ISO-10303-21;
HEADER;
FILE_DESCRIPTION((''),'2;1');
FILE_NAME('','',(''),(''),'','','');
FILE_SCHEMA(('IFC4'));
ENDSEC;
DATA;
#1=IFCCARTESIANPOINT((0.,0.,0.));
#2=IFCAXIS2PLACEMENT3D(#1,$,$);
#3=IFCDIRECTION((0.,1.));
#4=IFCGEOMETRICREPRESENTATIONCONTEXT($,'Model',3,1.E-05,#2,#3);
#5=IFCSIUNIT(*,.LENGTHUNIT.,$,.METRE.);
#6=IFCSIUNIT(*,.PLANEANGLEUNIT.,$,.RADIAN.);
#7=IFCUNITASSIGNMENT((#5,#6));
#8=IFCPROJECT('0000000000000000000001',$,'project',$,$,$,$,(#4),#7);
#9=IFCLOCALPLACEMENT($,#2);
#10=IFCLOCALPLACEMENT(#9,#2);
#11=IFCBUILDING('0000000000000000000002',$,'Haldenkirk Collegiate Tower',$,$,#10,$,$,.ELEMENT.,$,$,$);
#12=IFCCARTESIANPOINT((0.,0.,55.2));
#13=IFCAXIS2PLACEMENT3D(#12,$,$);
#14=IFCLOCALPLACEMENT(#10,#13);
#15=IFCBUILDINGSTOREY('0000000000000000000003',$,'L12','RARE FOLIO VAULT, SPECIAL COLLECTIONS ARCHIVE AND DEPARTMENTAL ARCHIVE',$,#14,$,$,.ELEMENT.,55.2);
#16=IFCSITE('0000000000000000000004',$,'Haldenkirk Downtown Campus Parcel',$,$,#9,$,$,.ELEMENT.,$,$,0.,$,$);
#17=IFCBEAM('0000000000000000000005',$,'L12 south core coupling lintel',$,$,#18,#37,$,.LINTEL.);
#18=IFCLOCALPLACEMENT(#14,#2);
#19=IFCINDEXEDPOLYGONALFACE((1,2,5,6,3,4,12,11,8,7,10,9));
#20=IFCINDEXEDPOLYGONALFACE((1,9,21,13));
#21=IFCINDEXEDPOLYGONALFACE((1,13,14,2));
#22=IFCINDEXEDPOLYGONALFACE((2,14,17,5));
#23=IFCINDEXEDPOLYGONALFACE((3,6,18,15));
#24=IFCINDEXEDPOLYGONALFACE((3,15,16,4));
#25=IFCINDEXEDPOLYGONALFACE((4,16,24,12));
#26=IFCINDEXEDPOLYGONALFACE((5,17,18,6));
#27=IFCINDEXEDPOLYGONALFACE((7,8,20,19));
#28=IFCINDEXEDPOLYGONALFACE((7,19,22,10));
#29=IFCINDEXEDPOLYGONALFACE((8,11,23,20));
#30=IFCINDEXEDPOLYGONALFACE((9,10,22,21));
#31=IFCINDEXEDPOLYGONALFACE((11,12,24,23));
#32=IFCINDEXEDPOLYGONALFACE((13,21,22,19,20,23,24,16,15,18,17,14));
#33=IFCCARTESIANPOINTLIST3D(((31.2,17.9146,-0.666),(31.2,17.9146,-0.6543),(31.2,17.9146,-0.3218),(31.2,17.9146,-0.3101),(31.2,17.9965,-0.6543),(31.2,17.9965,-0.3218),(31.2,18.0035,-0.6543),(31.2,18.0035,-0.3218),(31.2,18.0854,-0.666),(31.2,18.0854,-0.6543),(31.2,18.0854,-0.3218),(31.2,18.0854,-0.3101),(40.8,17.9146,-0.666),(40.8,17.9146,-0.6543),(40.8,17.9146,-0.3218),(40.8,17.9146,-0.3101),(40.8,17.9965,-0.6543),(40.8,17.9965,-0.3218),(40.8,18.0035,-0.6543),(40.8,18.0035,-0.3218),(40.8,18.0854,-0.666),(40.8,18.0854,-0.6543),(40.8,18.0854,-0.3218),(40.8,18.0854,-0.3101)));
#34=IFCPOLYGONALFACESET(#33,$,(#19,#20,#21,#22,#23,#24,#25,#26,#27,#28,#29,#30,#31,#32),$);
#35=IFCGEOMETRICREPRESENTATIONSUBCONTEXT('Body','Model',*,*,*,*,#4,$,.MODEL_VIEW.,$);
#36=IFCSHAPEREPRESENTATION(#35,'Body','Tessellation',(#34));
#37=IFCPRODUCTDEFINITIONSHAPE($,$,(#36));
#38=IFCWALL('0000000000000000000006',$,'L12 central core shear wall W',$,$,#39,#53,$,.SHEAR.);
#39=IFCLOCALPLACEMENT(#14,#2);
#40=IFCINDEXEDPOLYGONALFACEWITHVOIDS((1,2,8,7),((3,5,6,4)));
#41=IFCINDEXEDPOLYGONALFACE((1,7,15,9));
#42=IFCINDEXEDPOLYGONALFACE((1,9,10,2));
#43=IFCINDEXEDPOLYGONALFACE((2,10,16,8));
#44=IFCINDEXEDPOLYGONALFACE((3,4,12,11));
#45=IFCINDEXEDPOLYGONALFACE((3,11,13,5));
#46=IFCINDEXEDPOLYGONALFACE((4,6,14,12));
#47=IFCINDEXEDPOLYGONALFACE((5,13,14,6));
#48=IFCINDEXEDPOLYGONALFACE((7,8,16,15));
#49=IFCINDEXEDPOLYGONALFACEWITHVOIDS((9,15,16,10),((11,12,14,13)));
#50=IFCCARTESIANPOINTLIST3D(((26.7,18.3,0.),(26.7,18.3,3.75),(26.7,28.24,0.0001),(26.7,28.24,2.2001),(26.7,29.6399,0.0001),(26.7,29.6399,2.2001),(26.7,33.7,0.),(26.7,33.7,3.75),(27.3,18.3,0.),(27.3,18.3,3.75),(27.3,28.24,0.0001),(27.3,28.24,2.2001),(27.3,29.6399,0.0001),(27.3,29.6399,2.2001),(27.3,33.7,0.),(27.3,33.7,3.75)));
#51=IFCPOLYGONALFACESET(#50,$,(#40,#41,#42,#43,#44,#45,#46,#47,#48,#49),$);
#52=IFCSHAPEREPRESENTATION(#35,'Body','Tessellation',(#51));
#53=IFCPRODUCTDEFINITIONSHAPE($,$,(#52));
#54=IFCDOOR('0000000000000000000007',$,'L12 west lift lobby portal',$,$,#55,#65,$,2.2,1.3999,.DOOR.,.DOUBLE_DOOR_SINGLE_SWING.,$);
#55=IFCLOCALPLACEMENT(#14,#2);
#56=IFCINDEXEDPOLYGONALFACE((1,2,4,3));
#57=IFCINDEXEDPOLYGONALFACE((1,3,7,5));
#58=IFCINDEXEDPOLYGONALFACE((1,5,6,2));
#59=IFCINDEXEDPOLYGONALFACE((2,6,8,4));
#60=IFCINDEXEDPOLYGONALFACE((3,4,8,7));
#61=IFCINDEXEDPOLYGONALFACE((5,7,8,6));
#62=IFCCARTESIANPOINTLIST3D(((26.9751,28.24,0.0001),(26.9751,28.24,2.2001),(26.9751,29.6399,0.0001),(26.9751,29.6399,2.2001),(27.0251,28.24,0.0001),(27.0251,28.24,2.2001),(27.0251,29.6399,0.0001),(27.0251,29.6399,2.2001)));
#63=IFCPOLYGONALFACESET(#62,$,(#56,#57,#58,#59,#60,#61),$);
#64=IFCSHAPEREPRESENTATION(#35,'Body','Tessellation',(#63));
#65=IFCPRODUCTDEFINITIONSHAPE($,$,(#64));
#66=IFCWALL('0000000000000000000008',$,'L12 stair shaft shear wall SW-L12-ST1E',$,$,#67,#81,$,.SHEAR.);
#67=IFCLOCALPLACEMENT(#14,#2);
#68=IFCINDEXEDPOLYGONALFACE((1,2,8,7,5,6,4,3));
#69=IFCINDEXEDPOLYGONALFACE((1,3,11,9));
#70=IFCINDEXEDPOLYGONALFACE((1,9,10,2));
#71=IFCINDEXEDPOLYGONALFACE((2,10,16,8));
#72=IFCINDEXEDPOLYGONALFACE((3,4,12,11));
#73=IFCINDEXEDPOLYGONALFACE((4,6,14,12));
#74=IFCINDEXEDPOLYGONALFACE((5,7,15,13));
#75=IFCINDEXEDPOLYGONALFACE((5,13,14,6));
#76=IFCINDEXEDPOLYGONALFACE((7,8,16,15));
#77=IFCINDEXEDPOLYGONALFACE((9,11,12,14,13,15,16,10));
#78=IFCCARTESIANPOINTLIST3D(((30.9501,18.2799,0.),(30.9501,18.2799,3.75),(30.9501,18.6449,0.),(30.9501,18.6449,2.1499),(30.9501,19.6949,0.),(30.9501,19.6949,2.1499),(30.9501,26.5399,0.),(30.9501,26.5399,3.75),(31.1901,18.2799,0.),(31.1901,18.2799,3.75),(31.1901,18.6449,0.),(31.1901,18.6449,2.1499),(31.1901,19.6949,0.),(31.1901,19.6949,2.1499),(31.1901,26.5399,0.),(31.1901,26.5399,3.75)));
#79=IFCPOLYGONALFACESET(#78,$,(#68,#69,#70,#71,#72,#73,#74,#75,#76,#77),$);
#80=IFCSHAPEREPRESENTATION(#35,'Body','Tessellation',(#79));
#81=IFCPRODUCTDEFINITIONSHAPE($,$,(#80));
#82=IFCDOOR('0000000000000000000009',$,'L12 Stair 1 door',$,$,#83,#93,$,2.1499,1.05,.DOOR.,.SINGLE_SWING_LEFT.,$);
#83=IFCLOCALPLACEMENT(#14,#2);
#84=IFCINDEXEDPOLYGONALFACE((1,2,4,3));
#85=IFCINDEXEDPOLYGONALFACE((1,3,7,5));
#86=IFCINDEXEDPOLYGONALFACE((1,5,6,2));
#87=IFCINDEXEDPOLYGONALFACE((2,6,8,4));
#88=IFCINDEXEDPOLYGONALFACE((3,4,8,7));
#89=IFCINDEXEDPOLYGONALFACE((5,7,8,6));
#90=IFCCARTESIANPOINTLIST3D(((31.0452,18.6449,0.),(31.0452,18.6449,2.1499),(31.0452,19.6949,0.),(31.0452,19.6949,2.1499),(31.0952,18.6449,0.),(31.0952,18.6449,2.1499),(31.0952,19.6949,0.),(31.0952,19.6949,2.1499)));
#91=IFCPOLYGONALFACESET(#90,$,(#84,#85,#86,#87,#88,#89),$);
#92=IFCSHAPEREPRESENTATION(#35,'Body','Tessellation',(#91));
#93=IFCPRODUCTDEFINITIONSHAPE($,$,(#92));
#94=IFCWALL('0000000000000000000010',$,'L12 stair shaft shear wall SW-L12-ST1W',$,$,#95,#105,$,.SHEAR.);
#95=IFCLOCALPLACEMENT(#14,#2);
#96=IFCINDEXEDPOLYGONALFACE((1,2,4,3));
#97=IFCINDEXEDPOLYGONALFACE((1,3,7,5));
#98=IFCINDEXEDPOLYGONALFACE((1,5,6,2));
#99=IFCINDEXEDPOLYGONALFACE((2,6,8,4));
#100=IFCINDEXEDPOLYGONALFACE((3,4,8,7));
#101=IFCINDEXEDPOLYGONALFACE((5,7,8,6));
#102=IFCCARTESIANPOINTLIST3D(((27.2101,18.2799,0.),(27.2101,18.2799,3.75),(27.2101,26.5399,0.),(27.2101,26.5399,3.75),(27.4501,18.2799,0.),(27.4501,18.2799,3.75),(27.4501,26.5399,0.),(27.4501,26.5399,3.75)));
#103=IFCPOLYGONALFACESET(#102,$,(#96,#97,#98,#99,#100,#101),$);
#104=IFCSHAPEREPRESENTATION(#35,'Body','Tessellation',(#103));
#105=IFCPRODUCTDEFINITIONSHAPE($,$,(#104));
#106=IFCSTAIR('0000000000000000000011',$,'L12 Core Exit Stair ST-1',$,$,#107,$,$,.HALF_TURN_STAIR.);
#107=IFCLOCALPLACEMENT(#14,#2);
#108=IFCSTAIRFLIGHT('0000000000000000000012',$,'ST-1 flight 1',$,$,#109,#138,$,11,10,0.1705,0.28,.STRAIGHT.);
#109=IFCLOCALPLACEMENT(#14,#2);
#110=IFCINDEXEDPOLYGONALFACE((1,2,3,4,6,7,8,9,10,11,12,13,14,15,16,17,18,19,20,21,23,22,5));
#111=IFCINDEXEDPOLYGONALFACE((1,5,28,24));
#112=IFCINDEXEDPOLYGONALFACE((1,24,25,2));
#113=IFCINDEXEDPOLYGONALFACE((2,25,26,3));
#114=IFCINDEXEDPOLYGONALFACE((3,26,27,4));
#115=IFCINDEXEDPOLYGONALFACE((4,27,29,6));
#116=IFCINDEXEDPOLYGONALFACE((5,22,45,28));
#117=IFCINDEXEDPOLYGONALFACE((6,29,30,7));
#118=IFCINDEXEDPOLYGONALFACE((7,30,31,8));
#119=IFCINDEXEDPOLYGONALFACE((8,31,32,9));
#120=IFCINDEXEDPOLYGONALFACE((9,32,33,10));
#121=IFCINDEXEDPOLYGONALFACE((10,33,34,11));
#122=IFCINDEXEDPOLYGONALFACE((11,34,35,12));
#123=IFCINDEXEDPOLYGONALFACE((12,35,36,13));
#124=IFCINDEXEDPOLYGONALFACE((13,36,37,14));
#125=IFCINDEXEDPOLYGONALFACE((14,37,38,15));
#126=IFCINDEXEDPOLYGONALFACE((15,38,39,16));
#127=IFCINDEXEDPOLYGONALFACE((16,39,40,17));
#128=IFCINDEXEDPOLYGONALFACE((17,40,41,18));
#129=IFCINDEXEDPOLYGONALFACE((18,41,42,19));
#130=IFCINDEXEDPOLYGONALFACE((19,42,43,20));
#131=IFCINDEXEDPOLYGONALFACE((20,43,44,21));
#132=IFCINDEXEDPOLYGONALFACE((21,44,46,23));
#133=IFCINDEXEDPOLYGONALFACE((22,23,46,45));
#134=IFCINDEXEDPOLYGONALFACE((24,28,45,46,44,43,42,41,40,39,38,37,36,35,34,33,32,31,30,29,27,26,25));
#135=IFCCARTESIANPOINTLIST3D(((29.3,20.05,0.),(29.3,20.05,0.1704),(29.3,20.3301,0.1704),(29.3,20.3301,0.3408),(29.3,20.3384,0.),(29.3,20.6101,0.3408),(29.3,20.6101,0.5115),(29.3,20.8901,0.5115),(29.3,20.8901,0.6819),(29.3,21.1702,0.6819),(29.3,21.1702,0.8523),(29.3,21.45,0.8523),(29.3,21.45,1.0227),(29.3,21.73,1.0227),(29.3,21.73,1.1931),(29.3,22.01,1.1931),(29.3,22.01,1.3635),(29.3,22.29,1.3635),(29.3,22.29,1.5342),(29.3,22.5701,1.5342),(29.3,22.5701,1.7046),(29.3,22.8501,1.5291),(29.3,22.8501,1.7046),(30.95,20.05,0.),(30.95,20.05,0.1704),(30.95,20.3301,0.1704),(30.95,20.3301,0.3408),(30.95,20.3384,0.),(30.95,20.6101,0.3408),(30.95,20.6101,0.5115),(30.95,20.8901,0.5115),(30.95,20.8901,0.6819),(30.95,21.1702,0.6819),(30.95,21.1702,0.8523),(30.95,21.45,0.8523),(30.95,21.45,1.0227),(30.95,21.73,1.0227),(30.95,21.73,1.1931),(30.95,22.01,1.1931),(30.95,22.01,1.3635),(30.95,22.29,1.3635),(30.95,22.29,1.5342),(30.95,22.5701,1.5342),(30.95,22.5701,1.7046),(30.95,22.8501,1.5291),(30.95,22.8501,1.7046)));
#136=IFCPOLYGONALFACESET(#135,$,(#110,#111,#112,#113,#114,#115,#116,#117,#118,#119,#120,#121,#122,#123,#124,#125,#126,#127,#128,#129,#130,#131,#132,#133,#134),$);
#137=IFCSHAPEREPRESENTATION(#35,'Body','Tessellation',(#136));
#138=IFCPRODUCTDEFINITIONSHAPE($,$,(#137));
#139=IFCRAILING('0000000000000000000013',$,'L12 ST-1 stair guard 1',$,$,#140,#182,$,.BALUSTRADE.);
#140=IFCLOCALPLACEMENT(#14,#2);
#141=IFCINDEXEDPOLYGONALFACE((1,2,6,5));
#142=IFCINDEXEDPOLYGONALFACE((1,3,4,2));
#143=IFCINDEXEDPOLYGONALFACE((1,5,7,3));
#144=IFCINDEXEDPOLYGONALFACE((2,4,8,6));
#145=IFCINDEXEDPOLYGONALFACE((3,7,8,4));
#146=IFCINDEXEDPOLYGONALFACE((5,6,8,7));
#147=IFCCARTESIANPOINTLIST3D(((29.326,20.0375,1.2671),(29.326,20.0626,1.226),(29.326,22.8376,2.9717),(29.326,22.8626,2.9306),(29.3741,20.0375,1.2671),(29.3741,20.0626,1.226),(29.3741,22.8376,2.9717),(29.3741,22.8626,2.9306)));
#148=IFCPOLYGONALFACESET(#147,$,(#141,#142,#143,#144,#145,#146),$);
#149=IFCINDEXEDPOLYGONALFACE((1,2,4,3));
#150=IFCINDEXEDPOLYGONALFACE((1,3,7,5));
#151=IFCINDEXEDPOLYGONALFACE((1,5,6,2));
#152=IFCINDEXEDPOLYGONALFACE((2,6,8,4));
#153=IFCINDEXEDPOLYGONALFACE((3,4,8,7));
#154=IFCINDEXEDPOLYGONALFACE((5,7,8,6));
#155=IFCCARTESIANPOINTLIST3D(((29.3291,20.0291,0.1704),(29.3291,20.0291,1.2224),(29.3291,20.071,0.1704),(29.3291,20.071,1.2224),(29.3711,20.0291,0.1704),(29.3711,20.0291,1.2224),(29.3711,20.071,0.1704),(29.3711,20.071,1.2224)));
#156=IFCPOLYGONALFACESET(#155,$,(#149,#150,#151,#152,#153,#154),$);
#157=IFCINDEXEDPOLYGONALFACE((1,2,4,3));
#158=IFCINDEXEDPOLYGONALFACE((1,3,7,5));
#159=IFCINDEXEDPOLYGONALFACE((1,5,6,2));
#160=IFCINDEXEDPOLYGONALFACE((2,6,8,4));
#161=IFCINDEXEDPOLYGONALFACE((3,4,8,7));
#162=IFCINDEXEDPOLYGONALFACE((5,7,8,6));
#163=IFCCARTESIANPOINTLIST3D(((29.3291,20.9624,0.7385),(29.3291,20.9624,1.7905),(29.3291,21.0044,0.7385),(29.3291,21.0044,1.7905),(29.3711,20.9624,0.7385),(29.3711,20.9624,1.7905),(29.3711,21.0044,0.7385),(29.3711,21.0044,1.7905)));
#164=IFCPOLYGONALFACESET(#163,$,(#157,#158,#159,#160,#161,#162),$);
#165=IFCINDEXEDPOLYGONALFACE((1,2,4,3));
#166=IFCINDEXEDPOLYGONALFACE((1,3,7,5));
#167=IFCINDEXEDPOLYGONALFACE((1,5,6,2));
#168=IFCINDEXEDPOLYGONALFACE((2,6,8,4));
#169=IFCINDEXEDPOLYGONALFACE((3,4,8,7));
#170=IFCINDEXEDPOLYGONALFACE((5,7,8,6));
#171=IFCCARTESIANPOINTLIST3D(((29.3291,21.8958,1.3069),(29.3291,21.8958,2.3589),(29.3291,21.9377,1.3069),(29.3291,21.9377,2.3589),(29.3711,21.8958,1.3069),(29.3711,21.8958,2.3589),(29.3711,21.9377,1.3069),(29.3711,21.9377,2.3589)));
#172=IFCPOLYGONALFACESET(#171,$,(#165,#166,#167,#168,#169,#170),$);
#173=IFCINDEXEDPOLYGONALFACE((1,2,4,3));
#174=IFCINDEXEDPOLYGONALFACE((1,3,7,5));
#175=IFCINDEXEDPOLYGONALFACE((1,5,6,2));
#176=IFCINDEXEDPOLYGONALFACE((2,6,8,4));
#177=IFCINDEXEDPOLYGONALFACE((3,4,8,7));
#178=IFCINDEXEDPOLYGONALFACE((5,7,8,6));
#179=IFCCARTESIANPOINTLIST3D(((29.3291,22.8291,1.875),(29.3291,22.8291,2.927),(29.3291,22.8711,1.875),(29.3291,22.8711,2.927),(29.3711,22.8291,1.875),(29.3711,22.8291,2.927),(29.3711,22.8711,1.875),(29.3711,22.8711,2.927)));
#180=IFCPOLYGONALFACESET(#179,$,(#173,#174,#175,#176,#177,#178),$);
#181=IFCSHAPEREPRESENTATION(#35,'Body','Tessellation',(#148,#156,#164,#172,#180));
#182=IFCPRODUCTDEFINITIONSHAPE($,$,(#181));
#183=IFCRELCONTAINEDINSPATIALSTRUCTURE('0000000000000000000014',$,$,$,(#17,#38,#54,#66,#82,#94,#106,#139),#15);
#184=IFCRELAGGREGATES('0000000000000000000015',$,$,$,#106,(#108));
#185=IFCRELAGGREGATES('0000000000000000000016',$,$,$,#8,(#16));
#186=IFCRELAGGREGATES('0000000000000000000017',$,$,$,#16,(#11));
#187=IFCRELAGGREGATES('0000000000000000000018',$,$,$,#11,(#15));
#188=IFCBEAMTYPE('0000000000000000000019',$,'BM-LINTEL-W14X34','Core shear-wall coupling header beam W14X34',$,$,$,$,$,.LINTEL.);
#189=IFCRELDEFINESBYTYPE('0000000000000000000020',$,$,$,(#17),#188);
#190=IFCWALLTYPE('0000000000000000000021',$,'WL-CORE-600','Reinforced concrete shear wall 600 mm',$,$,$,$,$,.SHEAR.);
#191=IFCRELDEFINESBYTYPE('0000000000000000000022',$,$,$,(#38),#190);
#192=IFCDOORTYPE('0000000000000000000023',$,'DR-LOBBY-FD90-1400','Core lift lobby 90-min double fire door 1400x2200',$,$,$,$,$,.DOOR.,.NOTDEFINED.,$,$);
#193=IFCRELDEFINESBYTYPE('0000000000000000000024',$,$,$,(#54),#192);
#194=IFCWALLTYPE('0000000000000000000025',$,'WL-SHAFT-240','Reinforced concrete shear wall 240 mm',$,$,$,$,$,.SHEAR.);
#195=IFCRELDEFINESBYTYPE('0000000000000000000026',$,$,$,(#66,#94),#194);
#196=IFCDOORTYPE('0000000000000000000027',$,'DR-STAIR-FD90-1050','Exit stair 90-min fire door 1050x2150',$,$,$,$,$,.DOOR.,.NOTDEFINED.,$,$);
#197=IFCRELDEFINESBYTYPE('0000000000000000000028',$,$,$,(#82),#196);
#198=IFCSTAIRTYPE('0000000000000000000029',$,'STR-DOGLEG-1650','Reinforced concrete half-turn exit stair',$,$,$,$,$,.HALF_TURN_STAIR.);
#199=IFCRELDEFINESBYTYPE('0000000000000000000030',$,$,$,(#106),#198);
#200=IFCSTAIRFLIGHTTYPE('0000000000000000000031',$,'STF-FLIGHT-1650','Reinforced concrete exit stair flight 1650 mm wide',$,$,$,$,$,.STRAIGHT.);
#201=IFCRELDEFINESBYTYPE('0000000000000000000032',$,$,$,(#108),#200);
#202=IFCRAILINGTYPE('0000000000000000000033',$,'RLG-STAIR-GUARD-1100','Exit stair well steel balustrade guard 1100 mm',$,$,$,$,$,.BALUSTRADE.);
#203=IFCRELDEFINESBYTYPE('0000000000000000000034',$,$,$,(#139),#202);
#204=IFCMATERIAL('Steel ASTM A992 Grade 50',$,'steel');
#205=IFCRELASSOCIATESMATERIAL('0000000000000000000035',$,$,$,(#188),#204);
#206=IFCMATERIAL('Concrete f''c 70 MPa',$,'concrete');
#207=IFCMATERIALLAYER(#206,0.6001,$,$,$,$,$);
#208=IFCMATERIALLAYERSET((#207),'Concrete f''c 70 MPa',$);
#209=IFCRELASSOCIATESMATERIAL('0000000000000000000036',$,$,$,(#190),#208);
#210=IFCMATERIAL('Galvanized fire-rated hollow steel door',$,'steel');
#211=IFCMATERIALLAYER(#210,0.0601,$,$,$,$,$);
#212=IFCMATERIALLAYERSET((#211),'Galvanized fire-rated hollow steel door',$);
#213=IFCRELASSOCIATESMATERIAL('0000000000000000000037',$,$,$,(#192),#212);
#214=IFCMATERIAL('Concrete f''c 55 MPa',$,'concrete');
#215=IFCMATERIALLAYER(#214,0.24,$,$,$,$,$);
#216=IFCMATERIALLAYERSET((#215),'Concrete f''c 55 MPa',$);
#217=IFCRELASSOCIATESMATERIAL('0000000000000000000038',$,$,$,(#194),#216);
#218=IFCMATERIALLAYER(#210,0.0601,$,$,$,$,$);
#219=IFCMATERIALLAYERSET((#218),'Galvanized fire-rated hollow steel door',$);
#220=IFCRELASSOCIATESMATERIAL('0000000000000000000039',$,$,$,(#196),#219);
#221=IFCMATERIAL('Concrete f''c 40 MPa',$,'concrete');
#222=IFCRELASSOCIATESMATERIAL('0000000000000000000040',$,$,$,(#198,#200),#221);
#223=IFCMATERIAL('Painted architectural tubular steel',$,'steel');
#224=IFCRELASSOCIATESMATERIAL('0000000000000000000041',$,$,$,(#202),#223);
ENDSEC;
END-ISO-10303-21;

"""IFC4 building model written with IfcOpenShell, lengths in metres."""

from ifc_helpers import new_model, si_unit, direction, frame, frame_2d, origin, origin_2d, place, context, subcontext, project, spatial, polyline, rectangle, i_section, outline, extrude, material, layer, layer_set, material_profile, profile_set, type_object, element, fill, aggregate, save


model = new_model("IFC4")

# Units and contexts
model_context = context("Model", 3, precision=1e-05, world=origin(), true_north=direction((0.0, 1.0)))
body_context = subcontext(model_context, "Body", "Model", "MODEL_VIEW")
ifc_project = project(units=[si_unit("LENGTHUNIT", "METRE"), si_unit("PLANEANGLEUNIT", "RADIAN")], contexts=[model_context])

# Site, building, storey
site_placement = place(None, origin())
site = spatial("IfcSite", under=ifc_project, at=site_placement, Name="Haldenkirk Downtown Campus Parcel", CompositionType="ELEMENT", RefElevation=0.0)
building_placement = place(site_placement, origin())
building = spatial("IfcBuilding", under=site, at=building_placement, Name="Haldenkirk Collegiate Tower", CompositionType="ELEMENT")
storey_placement = place(building_placement, frame((0.0, 0.0, 55.2)))
storey = spatial("IfcBuildingStorey", under=building, at=storey_placement, Name="L12", Description="RARE FOLIO VAULT, SPECIAL COLLECTIONS ARCHIVE AND DEPARTMENTAL ARCHIVE", CompositionType="ELEMENT", Elevation=55.2)

# Beam
ifc_material_1 = material(Name="Steel ASTM A992 Grade 50", Category="steel")
ifc_material_profile = material_profile(ifc_material_1, i_section(OverallWidth=0.1709, OverallDepth=0.356, WebThickness=0.0071, FlangeThickness=0.0117, at=origin_2d()), Name="W14X34")
ifc_profile_set = profile_set([ifc_material_profile], Name="Steel ASTM A992 Grade 50")
beam_type = type_object("IfcBeamType", Name="BM-LINTEL-W14X34", Description="Core shear-wall coupling header beam W14X34", PredefinedType="LINTEL", material=ifc_profile_set)
beam_placement = place(storey_placement, frame((31.2, 18.0, -0.488), z_axis=(1.0, 0.0, 0.0), x_axis=(0.0, 1.0, 0.0)))
element("IfcBeam", 1, at=beam_placement, inside=storey, type_object=beam_type, Name="L12 south core coupling lintel", PredefinedType="LINTEL", context=body_context, shape_type="SweptSolid", body=[
    extrude(i_section(OverallWidth=0.1709, OverallDepth=0.356, WebThickness=0.0071, FlangeThickness=0.0117, at=origin_2d()), origin(), (0.0, 0.0, 1.0), 9.6001),
])

# Wall, opening, door
ifc_material_2 = material(Name="Concrete f'c 70 MPa", Category="concrete")
ifc_layer_1 = layer(ifc_material_2, 0.6001)
ifc_layer_set_1 = layer_set([ifc_layer_1], Name="Concrete f'c 70 MPa")
wall_type_1 = type_object("IfcWallType", Name="WL-CORE-600", Description="Reinforced concrete shear wall 600 mm", PredefinedType="SHEAR", material=ifc_layer_set_1)
wall_1_placement = place(storey_placement, frame((27.0, 18.3, 0.0), z_axis=(0.0, 0.0, 1.0), x_axis=(0.0, 1.0, 0.0)))
wall_1 = element("IfcWall", 2, at=wall_1_placement, inside=storey, type_object=wall_type_1, Name="L12 central core shear wall W", PredefinedType="SHEAR", context=body_context, shape_type="SweptSolid", body=[
    extrude(rectangle(XDim=15.3999, YDim=0.6001, at=frame_2d((7.7, 0.0))), origin(), (0.0, 0.0, 1.0), 3.75),
])
opening_1_placement = place(wall_1_placement, frame((9.9399, 0.0, 0.0)))
opening_1 = element("IfcOpeningElement", 3, at=opening_1_placement, cuts=wall_1, PredefinedType="OPENING", context=body_context, shape_type="SweptSolid", body=[
    extrude(rectangle(XDim=1.3999, YDim=2.2, at=frame_2d((0.7, 1.1001))), frame((0.0, 0.3101, 0.0), z_axis=(0.0, -1.0, 0.0), x_axis=(1.0, 0.0, 0.0)), (0.0, 0.0, 1.0), 0.6201),
])
ifc_material_3 = material(Name="Galvanized fire-rated hollow steel door", Category="steel")
ifc_layer_2 = layer(ifc_material_3, 0.0601)
ifc_layer_set_2 = layer_set([ifc_layer_2], Name="Galvanized fire-rated hollow steel door")
door_type_1 = type_object("IfcDoorType", Name="DR-LOBBY-FD90-1400", Description="Core lift lobby 90-min double fire door 1400x2200", OperationType="NOTDEFINED", PredefinedType="DOOR", material=ifc_layer_set_2)
door_1_placement = place(opening_1_placement, origin())
door_1 = element("IfcDoor", 4, at=door_1_placement, inside=storey, type_object=door_type_1, Name="L12 west lift lobby portal", OperationType="DOUBLE_DOOR_SINGLE_SWING", OverallHeight=2.2, OverallWidth=1.3999, PredefinedType="DOOR", context=body_context, shape_type="SweptSolid", body=[
    extrude(rectangle(XDim=1.3999, YDim=2.2, at=frame_2d((0.7, 1.1001))), frame((0.0, 0.0249, 0.0), z_axis=(0.0, -1.0, 0.0), x_axis=(1.0, 0.0, 0.0)), (0.0, 0.0, 1.0), 0.05),
])
fill(opening_1, door_1)

# Wall, opening, door
ifc_material_4 = material(Name="Concrete f'c 55 MPa", Category="concrete")
ifc_layer_3 = layer(ifc_material_4, 0.24)
ifc_layer_set_3 = layer_set([ifc_layer_3], Name="Concrete f'c 55 MPa")
wall_type_2 = type_object("IfcWallType", Name="WL-SHAFT-240", Description="Reinforced concrete shear wall 240 mm", PredefinedType="SHEAR", material=ifc_layer_set_3)
wall_2_placement = place(storey_placement, frame((31.0701, 18.28, 0.0), z_axis=(0.0, 0.0, 1.0), x_axis=(0.0, 1.0, 0.0)))
wall_2 = element("IfcWall", 5, at=wall_2_placement, inside=storey, type_object=wall_type_2, Name="L12 stair shaft shear wall SW-L12-ST1E", PredefinedType="SHEAR", context=body_context, shape_type="SweptSolid", body=[
    extrude(rectangle(XDim=8.26, YDim=0.24, at=frame_2d((4.1299, 0.0))), origin(), (0.0, 0.0, 1.0), 3.75),
])
opening_2_placement = place(wall_2_placement, frame((0.365, 0.0, 0.0)))
opening_2 = element("IfcOpeningElement", 6, at=opening_2_placement, cuts=wall_2, PredefinedType="OPENING", context=body_context, shape_type="SweptSolid", body=[
    extrude(rectangle(XDim=1.05, YDim=2.1499, at=frame_2d((0.5249, 1.075))), frame((0.0, 0.1299, 0.0), z_axis=(0.0, -1.0, 0.0), x_axis=(1.0, 0.0, 0.0)), (0.0, 0.0, 1.0), 0.26),
])
ifc_layer_4 = layer(ifc_material_3, 0.0601)
ifc_layer_set_4 = layer_set([ifc_layer_4], Name="Galvanized fire-rated hollow steel door")
door_type_2 = type_object("IfcDoorType", Name="DR-STAIR-FD90-1050", Description="Exit stair 90-min fire door 1050x2150", OperationType="NOTDEFINED", PredefinedType="DOOR", material=ifc_layer_set_4)
door_2_placement = place(opening_2_placement, origin())
door_2 = element("IfcDoor", 7, at=door_2_placement, inside=storey, type_object=door_type_2, Name="L12 Stair 1 door", OperationType="SINGLE_SWING_LEFT", OverallHeight=2.1499, OverallWidth=1.05, PredefinedType="DOOR", context=body_context, shape_type="SweptSolid", body=[
    extrude(rectangle(XDim=1.05, YDim=2.1499, at=frame_2d((0.5249, 1.075))), frame((0.0, 0.0249, 0.0), z_axis=(0.0, -1.0, 0.0), x_axis=(1.0, 0.0, 0.0)), (0.0, 0.0, 1.0), 0.05),
])
fill(opening_2, door_2)

# Wall
wall_3_placement = place(storey_placement, frame((27.3301, 18.28, 0.0), z_axis=(0.0, 0.0, 1.0), x_axis=(0.0, 1.0, 0.0)))
element("IfcWall", 8, at=wall_3_placement, inside=storey, type_object=wall_type_2, Name="L12 stair shaft shear wall SW-L12-ST1W", PredefinedType="SHEAR", context=body_context, shape_type="SweptSolid", body=[
    extrude(rectangle(XDim=8.26, YDim=0.24, at=frame_2d((4.1299, 0.0))), origin(), (0.0, 0.0, 1.0), 3.75),
])

# Stair, stair flight
ifc_material_5 = material(Name="Concrete f'c 40 MPa", Category="concrete")
stair_type = type_object("IfcStairType", Name="STR-DOGLEG-1650", Description="Reinforced concrete half-turn exit stair", PredefinedType="HALF_TURN_STAIR", material=ifc_material_5)
stair_placement = place(storey_placement, origin())
stair = element("IfcStair", 9, at=stair_placement, inside=storey, type_object=stair_type, Name="L12 Core Exit Stair ST-1", PredefinedType="HALF_TURN_STAIR")
stair_flight_type = type_object("IfcStairFlightType", Name="STF-FLIGHT-1650", Description="Reinforced concrete exit stair flight 1650 mm wide", PredefinedType="STRAIGHT", material=ifc_material_5)
stair_flight_placement = place(storey_placement, frame((30.125, 20.05, 0.0), z_axis=(0.0, 0.0, 1.0), x_axis=(0.0, 1.0, 0.0)))
stair_flight = element("IfcStairFlight", 10, at=stair_flight_placement, type_object=stair_flight_type, Name="ST-1 flight 1", NumberOfRisers=11, NumberOfTreads=10, PredefinedType="STRAIGHT", RiserHeight=0.1705, TreadLength=0.28, context=body_context, shape_type="SweptSolid", body=[
    extrude(outline(polyline([(0.0, 0.0), (0.0, 0.1704), (0.28, 0.1704), (0.28, 0.3408), (0.5601, 0.3408), (0.5601, 0.5115), (0.8401, 0.5115), (0.8401, 0.6819), (1.1201, 0.6819), (1.1201, 0.8523), (1.3999, 0.8523), (1.3999, 1.0227), (1.6799, 1.0227), (1.6799, 1.1931), (1.96, 1.1931), (1.96, 1.3635), (2.24, 1.3635), (2.24, 1.5342), (2.52, 1.5342), (2.52, 1.7046), (2.8, 1.7046), (2.8, 1.875), (2.8, 1.5291), (0.2883, 0.0), (0.0, 0.0)])), frame((0.0, 0.825, 0.0), z_axis=(0.0, -1.0, 0.0), x_axis=(1.0, 0.0, 0.0)), (0.0, 0.0, 1.0), 1.6499),
])
aggregate(stair, [stair_flight])

# Railing
ifc_material_6 = material(Name="Painted architectural tubular steel", Category="steel")
railing_type_1 = type_object("IfcRailingType", Name="RLG-STAIR-GUARD-1100", Description="Exit stair well steel balustrade guard 1100 mm", PredefinedType="BALUSTRADE", material=ifc_material_6)
railing_1_placement = place(storey_placement, frame((29.3501, 20.05, 0.1704)))
element("IfcRailing", 11, at=railing_1_placement, inside=storey, type_object=railing_type_1, Name="L12 ST-1 stair guard 1", PredefinedType="BALUSTRADE", context=body_context, shape_type="SweptSolid", body=[
    extrude(rectangle(XDim=0.0481, YDim=0.0481, at=origin_2d()), frame((0.0, 0.0, 1.0762), z_axis=(0.0, 0.85417, 0.519994), x_axis=(-1.0, 0.0, 0.0)), (0.0, 0.0, 1.0), 3.2781),
    extrude(rectangle(XDim=0.042, YDim=0.042, at=origin_2d()), origin(), (0.0, 0.0, 1.0), 1.052),
    extrude(rectangle(XDim=0.042, YDim=0.042, at=origin_2d()), frame((0.0, 0.9333, 0.5681)), (0.0, 0.0, 1.0), 1.052),
    extrude(rectangle(XDim=0.042, YDim=0.042, at=origin_2d()), frame((0.0, 1.8667, 1.1365)), (0.0, 0.0, 1.0), 1.052),
    extrude(rectangle(XDim=0.042, YDim=0.042, at=origin_2d()), frame((0.0, 2.8, 1.7046)), (0.0, 0.0, 1.0), 1.052),
])

save(model, "model.ifc")
